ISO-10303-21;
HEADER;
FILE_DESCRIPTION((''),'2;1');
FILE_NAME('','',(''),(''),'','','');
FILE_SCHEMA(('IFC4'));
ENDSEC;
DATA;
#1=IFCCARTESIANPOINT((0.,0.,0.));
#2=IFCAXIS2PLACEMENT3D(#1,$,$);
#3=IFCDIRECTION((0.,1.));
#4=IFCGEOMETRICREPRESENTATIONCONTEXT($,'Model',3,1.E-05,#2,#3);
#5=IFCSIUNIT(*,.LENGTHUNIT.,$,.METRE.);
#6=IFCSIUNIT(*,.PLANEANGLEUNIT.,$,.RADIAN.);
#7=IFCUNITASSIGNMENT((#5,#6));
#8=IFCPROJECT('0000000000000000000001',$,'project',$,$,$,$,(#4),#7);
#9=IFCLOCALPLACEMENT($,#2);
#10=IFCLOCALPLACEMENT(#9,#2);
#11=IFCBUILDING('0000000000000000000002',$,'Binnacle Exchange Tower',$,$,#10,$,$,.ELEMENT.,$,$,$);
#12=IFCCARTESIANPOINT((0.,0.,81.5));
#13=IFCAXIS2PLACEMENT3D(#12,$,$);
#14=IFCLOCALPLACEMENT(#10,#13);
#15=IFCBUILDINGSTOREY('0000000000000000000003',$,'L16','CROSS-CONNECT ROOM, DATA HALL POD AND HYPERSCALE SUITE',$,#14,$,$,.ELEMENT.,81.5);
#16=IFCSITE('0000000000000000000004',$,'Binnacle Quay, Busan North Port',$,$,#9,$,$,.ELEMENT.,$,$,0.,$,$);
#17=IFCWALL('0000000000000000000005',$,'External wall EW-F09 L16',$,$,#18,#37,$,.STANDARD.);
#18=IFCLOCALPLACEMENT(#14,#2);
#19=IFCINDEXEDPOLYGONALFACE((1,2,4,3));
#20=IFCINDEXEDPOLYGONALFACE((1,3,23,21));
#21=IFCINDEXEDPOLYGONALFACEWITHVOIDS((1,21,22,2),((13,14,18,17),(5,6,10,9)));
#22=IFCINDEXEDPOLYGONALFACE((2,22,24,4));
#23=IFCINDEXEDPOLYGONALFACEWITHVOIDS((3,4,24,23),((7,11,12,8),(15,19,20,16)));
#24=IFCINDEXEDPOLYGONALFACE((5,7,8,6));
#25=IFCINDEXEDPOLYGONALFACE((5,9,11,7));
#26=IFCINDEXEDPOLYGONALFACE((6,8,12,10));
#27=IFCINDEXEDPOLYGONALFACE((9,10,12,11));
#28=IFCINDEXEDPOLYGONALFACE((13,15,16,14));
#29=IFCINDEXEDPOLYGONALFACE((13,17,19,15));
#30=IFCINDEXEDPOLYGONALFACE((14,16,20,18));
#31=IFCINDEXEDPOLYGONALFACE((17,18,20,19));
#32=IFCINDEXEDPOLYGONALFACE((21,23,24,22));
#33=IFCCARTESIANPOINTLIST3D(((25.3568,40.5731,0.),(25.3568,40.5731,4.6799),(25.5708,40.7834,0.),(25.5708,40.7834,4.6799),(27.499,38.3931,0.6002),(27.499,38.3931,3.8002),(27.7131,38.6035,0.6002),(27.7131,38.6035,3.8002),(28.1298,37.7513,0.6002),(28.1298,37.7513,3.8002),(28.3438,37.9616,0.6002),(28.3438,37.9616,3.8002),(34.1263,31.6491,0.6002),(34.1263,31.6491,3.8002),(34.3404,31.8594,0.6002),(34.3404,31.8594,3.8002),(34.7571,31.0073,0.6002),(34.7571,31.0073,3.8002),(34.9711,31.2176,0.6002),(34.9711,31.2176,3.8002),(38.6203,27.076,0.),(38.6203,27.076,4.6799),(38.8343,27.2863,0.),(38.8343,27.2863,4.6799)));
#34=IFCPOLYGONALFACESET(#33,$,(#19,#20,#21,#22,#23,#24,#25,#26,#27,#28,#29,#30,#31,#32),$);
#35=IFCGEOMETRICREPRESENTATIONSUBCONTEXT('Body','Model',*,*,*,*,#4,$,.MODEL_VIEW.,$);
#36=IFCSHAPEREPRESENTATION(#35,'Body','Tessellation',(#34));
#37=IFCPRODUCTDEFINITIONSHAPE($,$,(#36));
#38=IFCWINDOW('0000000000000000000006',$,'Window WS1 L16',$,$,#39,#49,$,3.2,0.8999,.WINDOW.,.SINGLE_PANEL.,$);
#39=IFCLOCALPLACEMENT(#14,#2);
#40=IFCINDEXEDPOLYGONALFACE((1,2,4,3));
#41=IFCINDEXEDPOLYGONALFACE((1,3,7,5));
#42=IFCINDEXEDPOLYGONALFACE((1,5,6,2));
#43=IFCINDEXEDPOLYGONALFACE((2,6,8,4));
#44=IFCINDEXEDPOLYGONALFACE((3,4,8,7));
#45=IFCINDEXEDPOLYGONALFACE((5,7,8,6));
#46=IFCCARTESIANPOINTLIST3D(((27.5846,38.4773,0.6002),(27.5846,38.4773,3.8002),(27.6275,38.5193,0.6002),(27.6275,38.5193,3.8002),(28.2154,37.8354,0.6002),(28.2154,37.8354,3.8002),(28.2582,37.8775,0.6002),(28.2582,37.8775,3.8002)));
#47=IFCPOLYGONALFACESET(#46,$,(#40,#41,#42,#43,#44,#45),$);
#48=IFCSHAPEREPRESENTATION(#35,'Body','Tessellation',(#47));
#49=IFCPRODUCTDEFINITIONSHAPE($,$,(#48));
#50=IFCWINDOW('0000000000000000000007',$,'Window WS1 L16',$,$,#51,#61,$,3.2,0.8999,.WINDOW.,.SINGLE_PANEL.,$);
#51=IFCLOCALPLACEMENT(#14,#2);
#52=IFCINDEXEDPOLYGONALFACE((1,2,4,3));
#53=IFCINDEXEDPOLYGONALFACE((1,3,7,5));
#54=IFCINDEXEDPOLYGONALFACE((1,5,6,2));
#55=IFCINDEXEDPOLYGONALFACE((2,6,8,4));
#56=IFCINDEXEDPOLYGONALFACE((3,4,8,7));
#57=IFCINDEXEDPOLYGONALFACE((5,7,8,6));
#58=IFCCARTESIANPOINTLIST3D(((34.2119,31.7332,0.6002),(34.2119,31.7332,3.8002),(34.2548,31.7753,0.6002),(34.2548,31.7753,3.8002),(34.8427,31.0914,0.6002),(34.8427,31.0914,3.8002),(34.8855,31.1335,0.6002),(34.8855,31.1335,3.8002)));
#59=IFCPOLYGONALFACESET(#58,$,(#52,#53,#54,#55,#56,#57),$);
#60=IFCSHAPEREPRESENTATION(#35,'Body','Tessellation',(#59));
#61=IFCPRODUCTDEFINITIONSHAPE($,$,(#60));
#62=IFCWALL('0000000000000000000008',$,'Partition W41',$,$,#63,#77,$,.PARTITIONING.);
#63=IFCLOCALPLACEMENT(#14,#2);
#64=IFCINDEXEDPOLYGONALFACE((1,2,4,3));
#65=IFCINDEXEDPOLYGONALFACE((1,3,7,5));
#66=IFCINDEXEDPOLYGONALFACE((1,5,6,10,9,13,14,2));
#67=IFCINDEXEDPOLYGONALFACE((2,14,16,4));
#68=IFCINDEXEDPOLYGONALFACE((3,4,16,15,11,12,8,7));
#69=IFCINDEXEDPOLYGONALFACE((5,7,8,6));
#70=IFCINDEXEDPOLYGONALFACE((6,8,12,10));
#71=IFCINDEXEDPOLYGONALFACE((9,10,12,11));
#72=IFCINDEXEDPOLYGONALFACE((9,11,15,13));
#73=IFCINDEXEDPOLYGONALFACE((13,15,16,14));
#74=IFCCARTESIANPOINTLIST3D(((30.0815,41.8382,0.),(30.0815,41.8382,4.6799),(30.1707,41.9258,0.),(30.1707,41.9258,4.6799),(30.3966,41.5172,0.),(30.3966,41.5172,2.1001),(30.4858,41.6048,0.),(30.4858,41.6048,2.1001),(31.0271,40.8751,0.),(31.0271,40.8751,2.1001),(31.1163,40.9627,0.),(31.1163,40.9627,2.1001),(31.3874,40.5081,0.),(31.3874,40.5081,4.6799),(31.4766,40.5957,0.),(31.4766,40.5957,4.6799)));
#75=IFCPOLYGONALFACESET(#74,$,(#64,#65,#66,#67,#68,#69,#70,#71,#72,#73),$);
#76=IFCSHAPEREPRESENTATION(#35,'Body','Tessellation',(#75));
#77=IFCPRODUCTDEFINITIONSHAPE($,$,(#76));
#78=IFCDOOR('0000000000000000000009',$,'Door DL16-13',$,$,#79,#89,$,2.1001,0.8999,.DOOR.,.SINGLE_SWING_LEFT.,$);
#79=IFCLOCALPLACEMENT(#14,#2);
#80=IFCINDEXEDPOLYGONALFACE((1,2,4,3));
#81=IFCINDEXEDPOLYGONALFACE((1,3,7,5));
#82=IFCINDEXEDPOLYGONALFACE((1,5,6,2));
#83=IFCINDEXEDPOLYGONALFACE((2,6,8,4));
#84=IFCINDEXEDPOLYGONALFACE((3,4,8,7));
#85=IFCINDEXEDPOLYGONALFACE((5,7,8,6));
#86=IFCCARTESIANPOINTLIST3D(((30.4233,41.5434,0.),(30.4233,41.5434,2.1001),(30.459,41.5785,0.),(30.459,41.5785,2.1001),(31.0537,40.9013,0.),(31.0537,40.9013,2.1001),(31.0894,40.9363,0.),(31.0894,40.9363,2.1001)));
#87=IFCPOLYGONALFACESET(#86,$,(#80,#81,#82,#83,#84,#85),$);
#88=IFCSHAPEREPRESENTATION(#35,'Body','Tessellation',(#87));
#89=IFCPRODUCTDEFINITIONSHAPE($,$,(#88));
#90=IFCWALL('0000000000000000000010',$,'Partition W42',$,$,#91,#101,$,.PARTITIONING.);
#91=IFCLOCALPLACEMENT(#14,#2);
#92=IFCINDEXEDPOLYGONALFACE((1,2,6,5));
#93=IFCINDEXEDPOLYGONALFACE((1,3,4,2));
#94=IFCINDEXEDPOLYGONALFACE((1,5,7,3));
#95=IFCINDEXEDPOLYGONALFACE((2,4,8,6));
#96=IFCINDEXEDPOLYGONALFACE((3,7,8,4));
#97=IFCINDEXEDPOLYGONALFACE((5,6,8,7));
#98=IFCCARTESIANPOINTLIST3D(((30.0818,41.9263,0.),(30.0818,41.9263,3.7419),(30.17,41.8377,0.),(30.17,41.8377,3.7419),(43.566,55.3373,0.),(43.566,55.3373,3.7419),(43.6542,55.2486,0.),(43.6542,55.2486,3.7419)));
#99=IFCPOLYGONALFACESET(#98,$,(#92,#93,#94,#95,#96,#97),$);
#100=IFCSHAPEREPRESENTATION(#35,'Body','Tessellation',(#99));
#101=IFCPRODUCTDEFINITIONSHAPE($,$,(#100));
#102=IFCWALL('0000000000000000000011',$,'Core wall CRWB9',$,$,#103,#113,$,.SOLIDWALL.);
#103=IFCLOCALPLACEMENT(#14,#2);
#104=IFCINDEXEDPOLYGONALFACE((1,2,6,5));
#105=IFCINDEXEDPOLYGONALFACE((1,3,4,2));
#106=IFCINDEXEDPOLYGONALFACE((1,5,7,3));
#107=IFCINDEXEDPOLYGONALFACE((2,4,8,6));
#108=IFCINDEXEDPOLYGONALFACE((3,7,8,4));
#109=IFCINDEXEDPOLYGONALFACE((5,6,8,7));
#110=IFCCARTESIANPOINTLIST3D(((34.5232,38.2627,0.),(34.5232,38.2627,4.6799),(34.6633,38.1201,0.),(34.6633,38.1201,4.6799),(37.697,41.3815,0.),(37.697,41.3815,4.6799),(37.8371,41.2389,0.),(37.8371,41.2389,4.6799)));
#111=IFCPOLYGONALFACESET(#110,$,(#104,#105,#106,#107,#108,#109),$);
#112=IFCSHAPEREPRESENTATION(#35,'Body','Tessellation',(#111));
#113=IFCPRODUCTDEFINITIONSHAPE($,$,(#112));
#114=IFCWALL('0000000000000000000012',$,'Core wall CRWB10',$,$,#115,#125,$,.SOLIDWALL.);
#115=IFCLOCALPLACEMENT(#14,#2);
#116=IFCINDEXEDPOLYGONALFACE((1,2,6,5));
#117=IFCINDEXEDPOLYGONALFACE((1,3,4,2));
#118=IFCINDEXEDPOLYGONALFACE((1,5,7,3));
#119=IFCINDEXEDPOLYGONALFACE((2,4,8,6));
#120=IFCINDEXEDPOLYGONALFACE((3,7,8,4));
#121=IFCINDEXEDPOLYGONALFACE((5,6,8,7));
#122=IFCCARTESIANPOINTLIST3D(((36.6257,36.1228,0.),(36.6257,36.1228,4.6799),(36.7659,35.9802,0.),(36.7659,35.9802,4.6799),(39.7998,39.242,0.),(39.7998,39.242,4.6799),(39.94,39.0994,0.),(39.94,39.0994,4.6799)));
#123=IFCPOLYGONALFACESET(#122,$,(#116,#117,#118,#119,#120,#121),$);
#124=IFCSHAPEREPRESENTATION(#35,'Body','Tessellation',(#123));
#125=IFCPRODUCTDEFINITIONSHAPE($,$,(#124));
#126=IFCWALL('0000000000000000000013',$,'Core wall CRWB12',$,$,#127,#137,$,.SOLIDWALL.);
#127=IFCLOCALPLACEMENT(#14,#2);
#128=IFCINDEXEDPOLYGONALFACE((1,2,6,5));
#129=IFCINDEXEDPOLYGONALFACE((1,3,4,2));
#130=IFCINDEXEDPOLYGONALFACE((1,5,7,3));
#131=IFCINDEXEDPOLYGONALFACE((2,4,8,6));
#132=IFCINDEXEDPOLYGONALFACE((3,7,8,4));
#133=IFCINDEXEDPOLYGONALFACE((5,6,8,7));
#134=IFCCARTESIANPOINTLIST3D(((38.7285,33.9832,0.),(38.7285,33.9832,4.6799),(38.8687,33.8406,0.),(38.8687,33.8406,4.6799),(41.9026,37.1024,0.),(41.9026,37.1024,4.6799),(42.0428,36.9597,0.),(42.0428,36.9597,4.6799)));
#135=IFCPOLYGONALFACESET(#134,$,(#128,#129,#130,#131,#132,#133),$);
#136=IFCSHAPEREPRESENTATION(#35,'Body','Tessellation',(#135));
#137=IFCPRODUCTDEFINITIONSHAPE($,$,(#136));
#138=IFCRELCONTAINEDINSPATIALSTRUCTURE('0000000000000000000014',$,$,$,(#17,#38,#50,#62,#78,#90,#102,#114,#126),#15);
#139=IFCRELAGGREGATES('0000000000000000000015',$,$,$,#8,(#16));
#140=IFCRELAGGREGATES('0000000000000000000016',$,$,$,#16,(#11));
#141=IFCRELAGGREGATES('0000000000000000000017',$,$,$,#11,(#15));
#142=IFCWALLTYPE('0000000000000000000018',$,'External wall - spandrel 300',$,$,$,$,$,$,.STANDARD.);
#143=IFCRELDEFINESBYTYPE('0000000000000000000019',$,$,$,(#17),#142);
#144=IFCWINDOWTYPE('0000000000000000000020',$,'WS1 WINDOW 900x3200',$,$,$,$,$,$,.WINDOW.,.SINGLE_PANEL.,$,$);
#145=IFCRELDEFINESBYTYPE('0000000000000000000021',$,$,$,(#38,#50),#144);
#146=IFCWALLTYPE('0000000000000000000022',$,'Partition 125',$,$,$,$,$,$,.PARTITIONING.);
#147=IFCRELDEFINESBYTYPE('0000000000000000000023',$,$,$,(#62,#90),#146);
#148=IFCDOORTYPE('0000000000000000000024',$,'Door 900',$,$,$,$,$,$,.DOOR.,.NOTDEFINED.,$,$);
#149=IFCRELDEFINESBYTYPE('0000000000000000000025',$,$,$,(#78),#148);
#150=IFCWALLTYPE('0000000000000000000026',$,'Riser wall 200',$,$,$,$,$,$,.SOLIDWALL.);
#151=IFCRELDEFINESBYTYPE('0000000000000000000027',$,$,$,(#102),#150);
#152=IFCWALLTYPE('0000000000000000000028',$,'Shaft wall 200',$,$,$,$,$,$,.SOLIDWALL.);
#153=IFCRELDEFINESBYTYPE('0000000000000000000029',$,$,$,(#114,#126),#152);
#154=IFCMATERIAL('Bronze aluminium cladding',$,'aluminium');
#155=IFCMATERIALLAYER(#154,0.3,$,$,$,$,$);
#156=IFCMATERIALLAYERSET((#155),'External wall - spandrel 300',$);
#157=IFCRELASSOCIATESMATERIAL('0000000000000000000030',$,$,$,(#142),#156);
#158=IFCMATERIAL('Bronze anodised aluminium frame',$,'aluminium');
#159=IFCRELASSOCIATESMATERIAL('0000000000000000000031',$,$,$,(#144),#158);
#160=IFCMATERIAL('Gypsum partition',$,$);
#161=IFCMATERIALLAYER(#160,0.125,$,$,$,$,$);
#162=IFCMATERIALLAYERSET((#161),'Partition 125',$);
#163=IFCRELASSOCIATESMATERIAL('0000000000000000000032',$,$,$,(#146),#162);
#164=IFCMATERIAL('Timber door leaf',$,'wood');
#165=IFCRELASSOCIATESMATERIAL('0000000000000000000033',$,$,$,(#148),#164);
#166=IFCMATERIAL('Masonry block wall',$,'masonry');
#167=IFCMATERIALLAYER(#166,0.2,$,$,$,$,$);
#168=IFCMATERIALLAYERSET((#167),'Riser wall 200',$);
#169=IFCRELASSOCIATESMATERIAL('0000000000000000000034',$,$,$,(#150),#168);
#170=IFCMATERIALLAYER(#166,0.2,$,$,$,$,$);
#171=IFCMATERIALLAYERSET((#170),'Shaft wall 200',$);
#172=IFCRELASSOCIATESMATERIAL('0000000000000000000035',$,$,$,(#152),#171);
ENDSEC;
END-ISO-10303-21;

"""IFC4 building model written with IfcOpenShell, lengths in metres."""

from ifc_helpers import new_model, si_unit, direction, frame, frame_2d, origin, place, context, subcontext, project, spatial, rectangle, extrude, material, layer, layer_set, type_object, element, fill, save


model = new_model("IFC4")

# Units and contexts
model_context = context("Model", 3, precision=1e-05, world=origin(), true_north=direction((0.0, 1.0)))
body_context = subcontext(model_context, "Body", "Model", "MODEL_VIEW")
ifc_project = project(units=[si_unit("LENGTHUNIT", "METRE"), si_unit("PLANEANGLEUNIT", "RADIAN")], contexts=[model_context])

# Site, building, storey
site_placement = place(None, origin())
site = spatial("IfcSite", under=ifc_project, at=site_placement, Name="Binnacle Quay, Busan North Port", CompositionType="ELEMENT", RefElevation=0.0)
building_placement = place(site_placement, origin())
building = spatial("IfcBuilding", under=site, at=building_placement, Name="Binnacle Exchange Tower", CompositionType="ELEMENT")
storey_placement = place(building_placement, frame((0.0, 0.0, 81.5)))
storey = spatial("IfcBuildingStorey", under=building, at=storey_placement, Name="L16", Description="CROSS-CONNECT ROOM, DATA HALL POD AND HYPERSCALE SUITE", CompositionType="ELEMENT", Elevation=81.5)

# Wall, openings, windows
ifc_material_1 = material(Name="Bronze aluminium cladding", Category="aluminium")
ifc_layer_1 = layer(ifc_material_1, 0.3)
ifc_layer_set_1 = layer_set([ifc_layer_1], Name="External wall - spandrel 300")
wall_type_1 = type_object("IfcWallType", Name="External wall - spandrel 300", PredefinedType="STANDARD", material=ifc_layer_set_1)
wall_1_placement = place(storey_placement, frame((38.7273, 27.1812, 0.0), z_axis=(0.0, 0.0, 1.0), x_axis=(-0.700906, 0.713253, 0.0)))
wall_1 = element("IfcWall", 1, at=wall_1_placement, inside=storey, type_object=wall_type_1, Name="External wall EW-F09 L16", PredefinedType="STANDARD", context=body_context, shape_type="SweptSolid", body=[
    extrude(rectangle(XDim=18.9233, YDim=0.3, at=frame_2d((9.4617, 0.0))), origin(), (0.0, 0.0, 1.0), 4.6799),
])
opening_1_placement = place(wall_1_placement, frame((14.967, 0.0, 0.6001)))
opening_1 = element("IfcOpeningElement", 2, at=opening_1_placement, cuts=wall_1, PredefinedType="OPENING", context=body_context, shape_type="SweptSolid", body=[
    extrude(rectangle(XDim=0.8999, YDim=3.2, at=frame_2d((0.45, 1.6001))), frame((0.0, 0.1599, 0.0), z_axis=(0.0, -1.0, 0.0), x_axis=(1.0, 0.0, 0.0)), (0.0, 0.0, 1.0), 0.3201),
])
opening_2_placement = place(wall_1_placement, frame((5.5117, 0.0, 0.6001)))
opening_2 = element("IfcOpeningElement", 3, at=opening_2_placement, cuts=wall_1, PredefinedType="OPENING", context=body_context, shape_type="SweptSolid", body=[
    extrude(rectangle(XDim=0.8999, YDim=3.2, at=frame_2d((0.45, 1.6001))), frame((0.0, 0.1599, 0.0), z_axis=(0.0, -1.0, 0.0), x_axis=(1.0, 0.0, 0.0)), (0.0, 0.0, 1.0), 0.3201),
])
ifc_material_2 = material(Name="Bronze anodised aluminium frame", Category="aluminium")
window_type = type_object("IfcWindowType", Name="WS1 WINDOW 900x3200", PartitioningType="SINGLE_PANEL", PredefinedType="WINDOW", material=ifc_material_2)
window_1_placement = place(opening_1_placement, origin())
window_1 = element("IfcWindow", 4, at=window_1_placement, inside=storey, type_object=window_type, Name="Window WS1 L16", OverallHeight=3.2, OverallWidth=0.8999, PartitioningType="SINGLE_PANEL", PredefinedType="WINDOW", context=body_context, shape_type="SweptSolid", body=[
    extrude(rectangle(XDim=0.8999, YDim=3.2, at=frame_2d((0.45, 1.6001))), frame((0.0, 0.03, 0.0), z_axis=(0.0, -1.0, 0.0), x_axis=(1.0, 0.0, 0.0)), (0.0, 0.0, 1.0), 0.0601),
])
fill(opening_1, window_1)
window_2_placement = place(opening_2_placement, origin())
window_2 = element("IfcWindow", 5, at=window_2_placement, inside=storey, type_object=window_type, Name="Window WS1 L16", OverallHeight=3.2, OverallWidth=0.8999, PartitioningType="SINGLE_PANEL", PredefinedType="WINDOW", context=body_context, shape_type="SweptSolid", body=[
    extrude(rectangle(XDim=0.8999, YDim=3.2, at=frame_2d((0.45, 1.6001))), frame((0.0, 0.03, 0.0), z_axis=(0.0, -1.0, 0.0), x_axis=(1.0, 0.0, 0.0)), (0.0, 0.0, 1.0), 0.0601),
])
fill(opening_2, window_2)

# Wall, opening, door
ifc_material_3 = material(Name="Gypsum partition")
ifc_layer_2 = layer(ifc_material_3, 0.125)
ifc_layer_set_2 = layer_set([ifc_layer_2], Name="Partition 125")
wall_type_2 = type_object("IfcWallType", Name="Partition 125", PredefinedType="PARTITIONING", material=ifc_layer_set_2)
wall_2_placement = place(storey_placement, frame((30.126, 41.8821, 0.0), z_axis=(0.0, 0.0, 1.0), x_axis=(0.700594, -0.71356, 0.0)))
wall_2 = element("IfcWall", 6, at=wall_2_placement, inside=storey, type_object=wall_type_2, Name="Partition W41", PredefinedType="PARTITIONING", context=body_context, shape_type="SweptSolid", body=[
    extrude(rectangle(XDim=1.864, YDim=0.125, at=frame_2d((0.9321, 0.0))), origin(), (0.0, 0.0, 1.0), 4.6799),
])
opening_3_placement = place(wall_2_placement, frame((0.45, 0.0, 0.0)))
opening_3 = element("IfcOpeningElement", 7, at=opening_3_placement, cuts=wall_2, PredefinedType="OPENING", context=body_context, shape_type="SweptSolid", body=[
    extrude(rectangle(XDim=0.8999, YDim=2.1001, at=frame_2d((0.45, 1.05))), frame((0.0, 0.0725, 0.0), z_axis=(0.0, -1.0, 0.0), x_axis=(1.0, 0.0, 0.0)), (0.0, 0.0, 1.0), 0.145),
])
ifc_material_4 = material(Name="Timber door leaf", Category="wood")
door_type_1 = type_object("IfcDoorType", Name="Door 900", OperationType="NOTDEFINED", PredefinedType="DOOR", material=ifc_material_4)
door_1_placement = place(opening_3_placement, origin())
door_1 = element("IfcDoor", 8, at=door_1_placement, inside=storey, type_object=door_type_1, Name="Door DL16-13", OperationType="SINGLE_SWING_LEFT", OverallHeight=2.1001, OverallWidth=0.8999, PredefinedType="DOOR", context=body_context, shape_type="SweptSolid", body=[
    extrude(rectangle(XDim=0.8999, YDim=2.1001, at=frame_2d((0.45, 1.05))), frame((0.0, 0.0249, 0.0), z_axis=(0.0, -1.0, 0.0), x_axis=(1.0, 0.0, 0.0)), (0.0, 0.0, 1.0), 0.05),
])
fill(opening_3, door_1)

# Walls
wall_3_placement = place(storey_placement, frame((30.126, 41.8821, 0.0), z_axis=(0.0, 0.0, 1.0), x_axis=(0.70903, 0.705179, 0.0)))
element("IfcWall", 9, at=wall_3_placement, inside=storey, type_object=wall_type_2, Name="Partition W42", PredefinedType="PARTITIONING", context=body_context, shape_type="SweptSolid", body=[
    extrude(rectangle(XDim=19.0178, YDim=0.125, at=frame_2d((9.5088, 0.0))), origin(), (0.0, 0.0, 1.0), 3.7419),
])
ifc_material_5 = material(Name="Masonry block wall", Category="masonry")
ifc_layer_3 = layer(ifc_material_5, 0.2)
ifc_layer_set_3 = layer_set([ifc_layer_3], Name="Riser wall 200")
wall_type_3 = type_object("IfcWallType", Name="Riser wall 200", PredefinedType="SOLIDWALL", material=ifc_layer_set_3)
wall_4_placement = place(storey_placement, frame((34.5933, 38.1914, 0.0), z_axis=(0.0, 0.0, 1.0), x_axis=(0.713252, 0.700907, 0.0)))
element("IfcWall", 10, at=wall_4_placement, inside=storey, type_object=wall_type_3, Name="Core wall CRWB9", PredefinedType="SOLIDWALL", context=body_context, shape_type="SweptSolid", body=[
    extrude(rectangle(XDim=4.4497, YDim=0.2, at=frame_2d((2.2249, 0.0))), origin(), (0.0, 0.0, 1.0), 4.6799),
])
ifc_layer_4 = layer(ifc_material_5, 0.2)
ifc_layer_set_4 = layer_set([ifc_layer_4], Name="Shaft wall 200")
wall_type_4 = type_object("IfcWallType", Name="Shaft wall 200", PredefinedType="SOLIDWALL", material=ifc_layer_set_4)
for number, where, z_axis, x_axis, name in (
    (11, (36.6958, 36.0515, 0.0), (0.0, 0.0, 1.0), (0.713252, 0.700908, 0.0), "Core wall CRWB10"),
    (12, (38.7986, 33.9119, 0.0), (0.0, 0.0, 1.0), (0.713252, 0.700908, 0.0), "Core wall CRWB12"),
):
    element("IfcWall", number, at=place(storey_placement, frame(where, z_axis=z_axis, x_axis=x_axis)), inside=storey, type_object=wall_type_4, Name=name, PredefinedType="SOLIDWALL", context=body_context, shape_type="SweptSolid", body=[
        extrude(rectangle(XDim=4.4502, YDim=0.2, at=frame_2d((2.2251, 0.0))), origin(), (0.0, 0.0, 1.0), 4.6799),
    ])

save(model, "model.ifc")
